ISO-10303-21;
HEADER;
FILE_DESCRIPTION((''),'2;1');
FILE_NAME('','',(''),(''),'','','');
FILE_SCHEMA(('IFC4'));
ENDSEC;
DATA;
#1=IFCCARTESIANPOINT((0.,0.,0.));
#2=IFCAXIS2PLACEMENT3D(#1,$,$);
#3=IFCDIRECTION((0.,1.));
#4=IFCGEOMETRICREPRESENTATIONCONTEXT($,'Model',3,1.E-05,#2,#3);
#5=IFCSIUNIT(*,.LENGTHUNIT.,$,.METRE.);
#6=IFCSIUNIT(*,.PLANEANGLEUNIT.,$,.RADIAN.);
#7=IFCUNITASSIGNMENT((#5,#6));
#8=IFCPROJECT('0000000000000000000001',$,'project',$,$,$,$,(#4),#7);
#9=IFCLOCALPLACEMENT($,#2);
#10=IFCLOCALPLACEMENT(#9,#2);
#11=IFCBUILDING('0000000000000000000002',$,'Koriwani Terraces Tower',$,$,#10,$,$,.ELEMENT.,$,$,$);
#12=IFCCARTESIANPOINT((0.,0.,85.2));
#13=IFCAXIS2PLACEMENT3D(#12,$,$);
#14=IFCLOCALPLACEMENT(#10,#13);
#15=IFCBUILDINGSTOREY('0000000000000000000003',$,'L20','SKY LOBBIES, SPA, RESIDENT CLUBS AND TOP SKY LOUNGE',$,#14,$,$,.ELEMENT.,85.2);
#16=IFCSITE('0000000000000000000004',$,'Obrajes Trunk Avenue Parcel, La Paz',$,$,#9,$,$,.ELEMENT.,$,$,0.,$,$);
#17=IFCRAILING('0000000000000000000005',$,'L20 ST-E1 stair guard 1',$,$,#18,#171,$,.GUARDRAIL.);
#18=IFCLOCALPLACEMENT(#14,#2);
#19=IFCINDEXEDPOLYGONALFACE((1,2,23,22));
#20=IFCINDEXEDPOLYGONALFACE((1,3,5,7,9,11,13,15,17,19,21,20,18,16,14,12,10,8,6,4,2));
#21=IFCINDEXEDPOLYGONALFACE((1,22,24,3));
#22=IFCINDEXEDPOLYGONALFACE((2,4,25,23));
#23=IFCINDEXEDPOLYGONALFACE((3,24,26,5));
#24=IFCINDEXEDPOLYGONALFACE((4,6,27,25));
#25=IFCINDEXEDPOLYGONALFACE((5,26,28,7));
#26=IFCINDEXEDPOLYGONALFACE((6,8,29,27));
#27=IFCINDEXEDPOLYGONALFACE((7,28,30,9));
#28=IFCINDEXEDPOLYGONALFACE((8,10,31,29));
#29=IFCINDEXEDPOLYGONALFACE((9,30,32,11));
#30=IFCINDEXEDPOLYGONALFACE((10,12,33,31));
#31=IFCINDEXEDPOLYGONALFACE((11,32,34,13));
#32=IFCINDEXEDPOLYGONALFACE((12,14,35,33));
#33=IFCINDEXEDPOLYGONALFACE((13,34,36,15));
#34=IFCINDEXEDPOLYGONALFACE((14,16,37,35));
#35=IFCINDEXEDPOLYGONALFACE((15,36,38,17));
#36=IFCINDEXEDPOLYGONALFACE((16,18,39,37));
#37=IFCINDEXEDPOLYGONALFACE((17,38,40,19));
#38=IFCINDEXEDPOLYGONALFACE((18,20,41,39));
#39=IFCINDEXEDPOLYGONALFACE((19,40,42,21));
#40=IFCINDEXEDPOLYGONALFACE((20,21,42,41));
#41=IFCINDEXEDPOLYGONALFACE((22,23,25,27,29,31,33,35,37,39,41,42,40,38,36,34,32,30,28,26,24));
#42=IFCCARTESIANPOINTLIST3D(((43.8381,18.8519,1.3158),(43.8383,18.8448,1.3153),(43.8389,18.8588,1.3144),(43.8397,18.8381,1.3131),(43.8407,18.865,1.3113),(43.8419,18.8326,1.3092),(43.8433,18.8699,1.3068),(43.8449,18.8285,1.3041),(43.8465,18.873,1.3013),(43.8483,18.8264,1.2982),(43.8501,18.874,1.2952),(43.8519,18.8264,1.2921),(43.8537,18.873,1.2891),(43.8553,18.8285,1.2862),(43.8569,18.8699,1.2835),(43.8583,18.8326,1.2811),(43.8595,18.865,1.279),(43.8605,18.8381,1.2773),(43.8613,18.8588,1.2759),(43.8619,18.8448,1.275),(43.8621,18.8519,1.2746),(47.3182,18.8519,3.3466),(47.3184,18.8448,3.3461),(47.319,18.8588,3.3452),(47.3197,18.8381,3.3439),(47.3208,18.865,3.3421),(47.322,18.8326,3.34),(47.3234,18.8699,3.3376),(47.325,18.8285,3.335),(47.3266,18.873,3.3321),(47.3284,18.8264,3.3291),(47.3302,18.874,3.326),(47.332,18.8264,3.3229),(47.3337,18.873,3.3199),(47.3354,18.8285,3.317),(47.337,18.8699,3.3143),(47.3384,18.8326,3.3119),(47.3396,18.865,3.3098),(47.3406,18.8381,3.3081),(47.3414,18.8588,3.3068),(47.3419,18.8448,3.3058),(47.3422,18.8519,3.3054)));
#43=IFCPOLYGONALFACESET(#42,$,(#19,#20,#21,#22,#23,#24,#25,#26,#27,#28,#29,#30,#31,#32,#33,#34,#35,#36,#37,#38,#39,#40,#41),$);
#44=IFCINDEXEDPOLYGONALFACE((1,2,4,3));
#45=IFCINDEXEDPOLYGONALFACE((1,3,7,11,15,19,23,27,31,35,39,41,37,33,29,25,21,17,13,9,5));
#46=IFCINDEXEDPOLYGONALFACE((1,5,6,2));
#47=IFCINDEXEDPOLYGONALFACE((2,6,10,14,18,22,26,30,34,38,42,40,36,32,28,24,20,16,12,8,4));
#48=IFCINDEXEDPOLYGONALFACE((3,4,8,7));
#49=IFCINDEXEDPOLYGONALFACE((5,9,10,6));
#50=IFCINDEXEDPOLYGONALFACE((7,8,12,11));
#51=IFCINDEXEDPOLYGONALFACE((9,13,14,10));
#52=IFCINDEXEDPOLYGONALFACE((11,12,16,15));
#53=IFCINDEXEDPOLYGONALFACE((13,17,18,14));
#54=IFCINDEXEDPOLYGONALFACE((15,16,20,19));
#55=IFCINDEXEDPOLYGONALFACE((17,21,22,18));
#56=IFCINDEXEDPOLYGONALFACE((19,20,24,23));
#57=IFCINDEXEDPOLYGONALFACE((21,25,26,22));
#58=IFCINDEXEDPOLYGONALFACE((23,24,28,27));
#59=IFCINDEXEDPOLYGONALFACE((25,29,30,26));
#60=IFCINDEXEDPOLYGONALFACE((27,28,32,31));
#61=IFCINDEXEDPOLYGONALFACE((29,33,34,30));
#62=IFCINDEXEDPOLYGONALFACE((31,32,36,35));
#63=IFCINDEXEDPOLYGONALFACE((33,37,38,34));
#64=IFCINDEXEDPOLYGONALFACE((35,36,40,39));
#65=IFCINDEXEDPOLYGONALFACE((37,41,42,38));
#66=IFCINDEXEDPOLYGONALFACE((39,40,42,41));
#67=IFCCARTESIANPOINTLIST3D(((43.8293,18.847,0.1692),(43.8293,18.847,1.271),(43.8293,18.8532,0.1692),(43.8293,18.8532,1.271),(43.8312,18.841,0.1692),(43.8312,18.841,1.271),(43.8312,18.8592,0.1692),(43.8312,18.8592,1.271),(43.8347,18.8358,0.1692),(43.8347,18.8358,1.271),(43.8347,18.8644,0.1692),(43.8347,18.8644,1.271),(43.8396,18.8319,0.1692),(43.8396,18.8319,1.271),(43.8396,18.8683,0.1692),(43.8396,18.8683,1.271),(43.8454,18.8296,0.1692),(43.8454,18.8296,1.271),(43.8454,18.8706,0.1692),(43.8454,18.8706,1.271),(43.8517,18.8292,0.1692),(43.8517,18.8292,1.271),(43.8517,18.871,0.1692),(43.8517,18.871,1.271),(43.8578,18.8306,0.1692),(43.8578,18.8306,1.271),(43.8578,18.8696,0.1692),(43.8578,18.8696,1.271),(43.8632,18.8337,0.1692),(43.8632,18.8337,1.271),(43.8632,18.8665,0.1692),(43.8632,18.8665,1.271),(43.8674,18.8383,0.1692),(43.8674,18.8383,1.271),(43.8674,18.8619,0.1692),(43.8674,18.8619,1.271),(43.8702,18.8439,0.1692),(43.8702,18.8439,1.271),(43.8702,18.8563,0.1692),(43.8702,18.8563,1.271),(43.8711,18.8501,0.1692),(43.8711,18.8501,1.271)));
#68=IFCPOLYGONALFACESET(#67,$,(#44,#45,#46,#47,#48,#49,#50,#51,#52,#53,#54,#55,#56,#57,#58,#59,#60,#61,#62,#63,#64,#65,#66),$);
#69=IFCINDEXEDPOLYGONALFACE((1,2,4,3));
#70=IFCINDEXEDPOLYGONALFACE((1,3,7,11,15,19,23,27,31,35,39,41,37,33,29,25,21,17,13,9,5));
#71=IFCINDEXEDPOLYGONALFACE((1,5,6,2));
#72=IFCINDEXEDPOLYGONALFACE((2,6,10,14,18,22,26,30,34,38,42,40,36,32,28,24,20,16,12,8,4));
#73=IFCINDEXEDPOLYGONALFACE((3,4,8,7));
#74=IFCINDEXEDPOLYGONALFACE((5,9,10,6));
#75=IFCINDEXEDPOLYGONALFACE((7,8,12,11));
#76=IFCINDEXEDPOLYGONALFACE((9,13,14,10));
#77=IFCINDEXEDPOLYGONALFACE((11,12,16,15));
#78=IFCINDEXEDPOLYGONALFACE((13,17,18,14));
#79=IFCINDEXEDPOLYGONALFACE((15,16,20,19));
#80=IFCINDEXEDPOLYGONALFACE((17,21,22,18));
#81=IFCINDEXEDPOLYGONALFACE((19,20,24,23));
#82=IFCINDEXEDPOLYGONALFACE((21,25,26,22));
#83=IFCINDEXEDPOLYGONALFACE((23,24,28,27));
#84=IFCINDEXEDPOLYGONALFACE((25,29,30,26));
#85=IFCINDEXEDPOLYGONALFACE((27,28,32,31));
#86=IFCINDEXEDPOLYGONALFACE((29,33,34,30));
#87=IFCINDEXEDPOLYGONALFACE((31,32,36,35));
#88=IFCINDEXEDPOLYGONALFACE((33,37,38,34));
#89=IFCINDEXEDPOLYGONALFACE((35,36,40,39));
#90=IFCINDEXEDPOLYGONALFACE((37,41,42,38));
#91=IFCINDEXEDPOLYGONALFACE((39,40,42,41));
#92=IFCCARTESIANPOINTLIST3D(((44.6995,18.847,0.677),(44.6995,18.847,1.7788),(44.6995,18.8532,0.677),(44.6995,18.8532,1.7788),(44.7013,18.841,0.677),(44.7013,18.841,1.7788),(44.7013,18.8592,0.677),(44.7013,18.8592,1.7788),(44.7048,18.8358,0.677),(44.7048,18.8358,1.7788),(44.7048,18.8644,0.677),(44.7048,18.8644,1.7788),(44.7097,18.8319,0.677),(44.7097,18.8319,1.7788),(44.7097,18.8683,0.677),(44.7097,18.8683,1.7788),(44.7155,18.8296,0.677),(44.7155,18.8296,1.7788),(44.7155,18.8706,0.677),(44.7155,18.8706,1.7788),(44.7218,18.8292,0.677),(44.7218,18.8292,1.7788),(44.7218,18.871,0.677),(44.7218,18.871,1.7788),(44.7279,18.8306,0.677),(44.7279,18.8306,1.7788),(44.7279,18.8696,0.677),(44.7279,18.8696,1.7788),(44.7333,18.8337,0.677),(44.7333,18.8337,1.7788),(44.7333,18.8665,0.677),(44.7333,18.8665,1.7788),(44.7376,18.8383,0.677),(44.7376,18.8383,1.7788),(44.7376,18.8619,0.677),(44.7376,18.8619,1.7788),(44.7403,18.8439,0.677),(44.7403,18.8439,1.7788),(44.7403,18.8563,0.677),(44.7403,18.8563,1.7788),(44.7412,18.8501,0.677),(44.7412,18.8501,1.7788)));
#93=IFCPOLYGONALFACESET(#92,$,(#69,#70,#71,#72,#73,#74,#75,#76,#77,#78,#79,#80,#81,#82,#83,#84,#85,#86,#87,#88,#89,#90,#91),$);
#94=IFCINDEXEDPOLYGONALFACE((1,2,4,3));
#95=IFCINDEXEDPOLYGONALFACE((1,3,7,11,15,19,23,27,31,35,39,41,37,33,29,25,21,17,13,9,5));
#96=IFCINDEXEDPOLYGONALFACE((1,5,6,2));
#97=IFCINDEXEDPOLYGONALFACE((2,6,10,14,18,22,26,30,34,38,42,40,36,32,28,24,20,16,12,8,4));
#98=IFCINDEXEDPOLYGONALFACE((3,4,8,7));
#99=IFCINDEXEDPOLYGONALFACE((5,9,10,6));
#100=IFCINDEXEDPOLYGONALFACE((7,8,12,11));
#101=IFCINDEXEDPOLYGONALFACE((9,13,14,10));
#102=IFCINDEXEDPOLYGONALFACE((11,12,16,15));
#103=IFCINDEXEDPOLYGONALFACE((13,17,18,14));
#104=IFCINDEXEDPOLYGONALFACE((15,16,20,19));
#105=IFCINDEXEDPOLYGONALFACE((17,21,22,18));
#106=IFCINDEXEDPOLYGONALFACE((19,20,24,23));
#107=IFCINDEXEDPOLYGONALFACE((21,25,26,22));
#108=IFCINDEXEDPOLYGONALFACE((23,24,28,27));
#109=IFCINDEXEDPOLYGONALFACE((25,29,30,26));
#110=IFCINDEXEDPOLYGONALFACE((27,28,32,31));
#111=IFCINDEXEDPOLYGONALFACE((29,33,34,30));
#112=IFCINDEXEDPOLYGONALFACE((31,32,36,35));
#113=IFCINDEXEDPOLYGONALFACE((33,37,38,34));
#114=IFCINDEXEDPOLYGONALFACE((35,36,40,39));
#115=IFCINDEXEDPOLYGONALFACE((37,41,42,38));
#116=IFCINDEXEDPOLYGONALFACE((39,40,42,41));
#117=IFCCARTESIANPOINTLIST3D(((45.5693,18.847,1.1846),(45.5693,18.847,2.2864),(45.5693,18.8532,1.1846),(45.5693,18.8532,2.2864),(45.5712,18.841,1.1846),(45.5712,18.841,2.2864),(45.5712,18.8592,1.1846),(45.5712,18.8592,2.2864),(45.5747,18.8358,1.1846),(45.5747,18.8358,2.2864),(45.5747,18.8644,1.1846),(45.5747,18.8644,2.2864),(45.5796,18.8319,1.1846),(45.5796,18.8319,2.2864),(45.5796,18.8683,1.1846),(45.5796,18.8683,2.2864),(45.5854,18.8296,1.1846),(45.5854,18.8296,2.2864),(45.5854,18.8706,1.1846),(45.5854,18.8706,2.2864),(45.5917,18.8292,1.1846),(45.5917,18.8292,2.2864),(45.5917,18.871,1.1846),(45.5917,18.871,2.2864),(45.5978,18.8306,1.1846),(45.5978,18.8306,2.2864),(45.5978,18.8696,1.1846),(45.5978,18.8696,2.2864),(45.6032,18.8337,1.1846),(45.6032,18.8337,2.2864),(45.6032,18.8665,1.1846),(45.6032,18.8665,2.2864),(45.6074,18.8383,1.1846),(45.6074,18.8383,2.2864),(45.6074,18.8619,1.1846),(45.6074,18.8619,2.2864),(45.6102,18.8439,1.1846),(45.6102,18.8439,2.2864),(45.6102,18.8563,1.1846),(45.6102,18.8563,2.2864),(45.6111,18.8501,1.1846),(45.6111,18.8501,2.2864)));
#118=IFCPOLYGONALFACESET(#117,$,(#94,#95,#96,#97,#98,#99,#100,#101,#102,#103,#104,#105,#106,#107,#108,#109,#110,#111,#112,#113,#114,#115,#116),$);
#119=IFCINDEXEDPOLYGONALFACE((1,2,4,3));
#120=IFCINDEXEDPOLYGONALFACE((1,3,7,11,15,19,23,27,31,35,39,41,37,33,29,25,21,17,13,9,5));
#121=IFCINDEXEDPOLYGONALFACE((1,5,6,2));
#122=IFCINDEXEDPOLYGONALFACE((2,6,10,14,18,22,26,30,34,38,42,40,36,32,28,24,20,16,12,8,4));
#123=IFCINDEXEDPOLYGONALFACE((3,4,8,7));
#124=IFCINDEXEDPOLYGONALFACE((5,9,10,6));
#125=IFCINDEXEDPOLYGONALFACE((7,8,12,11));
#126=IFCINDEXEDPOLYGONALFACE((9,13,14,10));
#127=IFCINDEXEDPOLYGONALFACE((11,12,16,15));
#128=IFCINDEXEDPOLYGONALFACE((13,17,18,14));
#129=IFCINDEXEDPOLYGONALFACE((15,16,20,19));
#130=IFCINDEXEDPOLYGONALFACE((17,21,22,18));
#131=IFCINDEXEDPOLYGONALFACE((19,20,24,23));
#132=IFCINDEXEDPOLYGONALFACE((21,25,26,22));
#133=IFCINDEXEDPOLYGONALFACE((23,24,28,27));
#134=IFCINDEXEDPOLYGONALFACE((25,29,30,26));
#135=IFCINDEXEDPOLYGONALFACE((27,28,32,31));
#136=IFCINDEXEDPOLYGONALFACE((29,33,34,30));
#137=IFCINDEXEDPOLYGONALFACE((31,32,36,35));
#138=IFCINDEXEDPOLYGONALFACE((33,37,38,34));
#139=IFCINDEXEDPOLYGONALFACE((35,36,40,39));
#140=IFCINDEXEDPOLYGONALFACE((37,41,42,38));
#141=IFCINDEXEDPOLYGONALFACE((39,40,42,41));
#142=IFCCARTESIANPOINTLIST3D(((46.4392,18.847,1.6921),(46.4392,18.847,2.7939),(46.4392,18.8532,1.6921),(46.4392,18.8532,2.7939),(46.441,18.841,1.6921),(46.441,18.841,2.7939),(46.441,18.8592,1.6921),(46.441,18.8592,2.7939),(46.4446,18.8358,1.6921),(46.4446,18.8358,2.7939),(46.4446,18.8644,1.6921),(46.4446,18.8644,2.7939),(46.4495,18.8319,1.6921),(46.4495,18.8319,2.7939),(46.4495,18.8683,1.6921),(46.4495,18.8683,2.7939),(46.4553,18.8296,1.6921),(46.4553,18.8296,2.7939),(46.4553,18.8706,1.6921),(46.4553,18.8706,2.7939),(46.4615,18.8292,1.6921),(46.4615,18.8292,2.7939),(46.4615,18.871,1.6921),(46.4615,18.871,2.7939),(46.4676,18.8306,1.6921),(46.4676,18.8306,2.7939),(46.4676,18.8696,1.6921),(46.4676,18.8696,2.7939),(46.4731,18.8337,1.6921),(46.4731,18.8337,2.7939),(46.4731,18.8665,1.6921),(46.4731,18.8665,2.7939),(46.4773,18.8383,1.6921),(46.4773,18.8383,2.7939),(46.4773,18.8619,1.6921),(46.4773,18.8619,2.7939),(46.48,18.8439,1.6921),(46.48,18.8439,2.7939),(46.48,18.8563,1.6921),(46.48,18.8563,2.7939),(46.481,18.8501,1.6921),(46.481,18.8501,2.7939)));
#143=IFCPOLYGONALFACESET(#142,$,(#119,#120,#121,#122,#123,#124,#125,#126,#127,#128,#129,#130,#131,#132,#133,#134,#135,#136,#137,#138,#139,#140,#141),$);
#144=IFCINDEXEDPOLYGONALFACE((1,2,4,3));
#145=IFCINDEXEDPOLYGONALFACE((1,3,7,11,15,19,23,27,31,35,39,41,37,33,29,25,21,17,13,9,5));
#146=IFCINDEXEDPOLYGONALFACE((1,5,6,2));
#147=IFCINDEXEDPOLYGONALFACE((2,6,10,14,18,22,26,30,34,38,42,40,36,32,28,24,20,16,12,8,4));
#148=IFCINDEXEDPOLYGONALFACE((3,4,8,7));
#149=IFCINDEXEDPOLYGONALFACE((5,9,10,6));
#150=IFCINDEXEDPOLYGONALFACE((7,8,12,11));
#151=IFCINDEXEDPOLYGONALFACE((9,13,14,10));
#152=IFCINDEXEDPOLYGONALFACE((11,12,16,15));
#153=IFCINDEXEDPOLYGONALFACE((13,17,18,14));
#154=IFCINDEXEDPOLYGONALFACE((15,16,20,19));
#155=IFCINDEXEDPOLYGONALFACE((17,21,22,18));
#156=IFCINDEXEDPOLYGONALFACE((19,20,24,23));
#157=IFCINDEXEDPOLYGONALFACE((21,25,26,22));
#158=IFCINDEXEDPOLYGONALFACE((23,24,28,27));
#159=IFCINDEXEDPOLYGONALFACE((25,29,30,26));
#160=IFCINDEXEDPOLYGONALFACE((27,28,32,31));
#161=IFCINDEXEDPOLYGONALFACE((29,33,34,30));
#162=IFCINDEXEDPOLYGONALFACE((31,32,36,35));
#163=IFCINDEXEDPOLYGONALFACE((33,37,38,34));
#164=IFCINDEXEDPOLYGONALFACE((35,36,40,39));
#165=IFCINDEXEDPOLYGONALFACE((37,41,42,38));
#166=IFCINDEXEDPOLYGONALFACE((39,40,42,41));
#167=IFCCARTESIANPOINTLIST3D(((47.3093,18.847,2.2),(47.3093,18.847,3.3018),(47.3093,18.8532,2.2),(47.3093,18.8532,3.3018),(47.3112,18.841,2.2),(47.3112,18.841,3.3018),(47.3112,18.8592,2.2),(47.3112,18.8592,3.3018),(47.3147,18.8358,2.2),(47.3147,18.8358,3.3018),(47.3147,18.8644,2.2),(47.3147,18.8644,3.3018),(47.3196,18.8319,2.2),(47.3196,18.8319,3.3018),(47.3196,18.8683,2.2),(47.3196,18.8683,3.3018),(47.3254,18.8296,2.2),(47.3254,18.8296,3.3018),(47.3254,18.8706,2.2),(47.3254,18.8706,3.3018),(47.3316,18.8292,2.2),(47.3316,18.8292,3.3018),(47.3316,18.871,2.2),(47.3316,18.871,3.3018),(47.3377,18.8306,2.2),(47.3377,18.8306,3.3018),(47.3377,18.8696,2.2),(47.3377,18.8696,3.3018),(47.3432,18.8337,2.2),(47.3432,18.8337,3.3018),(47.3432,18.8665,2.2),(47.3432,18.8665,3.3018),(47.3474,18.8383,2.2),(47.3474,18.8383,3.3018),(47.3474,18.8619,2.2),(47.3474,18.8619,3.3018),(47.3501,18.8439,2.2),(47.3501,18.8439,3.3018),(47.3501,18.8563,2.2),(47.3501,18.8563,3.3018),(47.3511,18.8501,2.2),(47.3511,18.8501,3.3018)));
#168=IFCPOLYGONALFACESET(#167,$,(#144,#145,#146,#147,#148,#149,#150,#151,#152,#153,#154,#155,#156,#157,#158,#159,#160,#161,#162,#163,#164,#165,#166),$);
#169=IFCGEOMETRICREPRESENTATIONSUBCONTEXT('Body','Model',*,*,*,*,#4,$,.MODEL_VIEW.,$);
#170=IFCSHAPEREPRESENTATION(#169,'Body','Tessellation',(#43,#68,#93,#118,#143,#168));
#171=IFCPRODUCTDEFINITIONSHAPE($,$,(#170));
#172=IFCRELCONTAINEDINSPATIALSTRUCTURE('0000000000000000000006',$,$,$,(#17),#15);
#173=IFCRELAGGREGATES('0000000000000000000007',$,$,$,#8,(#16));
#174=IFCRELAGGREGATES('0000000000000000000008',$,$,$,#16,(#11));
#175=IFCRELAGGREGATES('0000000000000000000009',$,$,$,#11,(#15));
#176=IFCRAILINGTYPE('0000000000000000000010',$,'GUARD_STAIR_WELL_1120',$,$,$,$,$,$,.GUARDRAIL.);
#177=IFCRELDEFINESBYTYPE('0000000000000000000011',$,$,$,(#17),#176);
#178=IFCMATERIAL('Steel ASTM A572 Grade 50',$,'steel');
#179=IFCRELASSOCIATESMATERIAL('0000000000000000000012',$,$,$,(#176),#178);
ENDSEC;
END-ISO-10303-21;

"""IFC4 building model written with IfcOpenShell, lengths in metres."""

from ifc_helpers import new_model, si_unit, direction, frame, origin, origin_2d, place, context, subcontext, project, spatial, circle, extrude, material, type_object, element, save


model = new_model("IFC4")

# Units and contexts
model_context = context("Model", 3, precision=1e-05, world=origin(), true_north=direction((0.0, 1.0)))
body_context = subcontext(model_context, "Body", "Model", "MODEL_VIEW")
ifc_project = project(units=[si_unit("LENGTHUNIT", "METRE"), si_unit("PLANEANGLEUNIT", "RADIAN")], contexts=[model_context])

# Site, building, storey
site_placement = place(None, origin())
site = spatial("IfcSite", under=ifc_project, at=site_placement, Name="Obrajes Trunk Avenue Parcel, La Paz", CompositionType="ELEMENT", RefElevation=0.0)
building_placement = place(site_placement, origin())
building = spatial("IfcBuilding", under=site, at=building_placement, Name="Koriwani Terraces Tower", CompositionType="ELEMENT")
storey_placement = place(building_placement, frame((0.0, 0.0, 85.2)))
storey = spatial("IfcBuildingStorey", under=building, at=storey_placement, Name="L20", Description="SKY LOBBIES, SPA, RESIDENT CLUBS AND TOP SKY LOUNGE", CompositionType="ELEMENT", Elevation=85.2)

# Shared definitions
ifc_material_1 = material(Name="Steel ASTM A572 Grade 50", Category="steel")

# Railing
railing_type_1 = type_object("IfcRailingType", Name="GUARD_STAIR_WELL_1120", PredefinedType="GUARDRAIL", material=ifc_material_1)
railing_1_placement = place(storey_placement, frame((43.8501, 18.8501, 0.1692)))
element("IfcRailing", 1, at=railing_1_placement, inside=storey, type_object=railing_type_1, Name="L20 ST-E1 stair guard 1", PredefinedType="GUARDRAIL", context=body_context, shape_type="SweptSolid", body=[
    extrude(circle(Radius=0.0239, at=origin_2d()), frame((0.0, 0.0, 1.126), z_axis=(0.863695, 0.0, 0.504014), x_axis=(0.0, 1.0, 0.0)), (0.0, 0.0, 1.0), 4.0293),
    extrude(circle(Radius=0.021, at=origin_2d()), origin(), (0.0, 0.0, 1.0), 1.1018),
    extrude(circle(Radius=0.021, at=origin_2d()), frame((0.8701, 0.0, 0.5078)), (0.0, 0.0, 1.0), 1.1018),
    extrude(circle(Radius=0.021, at=origin_2d()), frame((1.74, 0.0, 1.0154)), (0.0, 0.0, 1.0), 1.1018),
    extrude(circle(Radius=0.021, at=origin_2d()), frame((2.6099, 0.0, 1.5229)), (0.0, 0.0, 1.0), 1.1018),
    extrude(circle(Radius=0.021, at=origin_2d()), frame((3.48, 0.0, 2.0308)), (0.0, 0.0, 1.0), 1.1018),
])

save(model, "model.ifc")
